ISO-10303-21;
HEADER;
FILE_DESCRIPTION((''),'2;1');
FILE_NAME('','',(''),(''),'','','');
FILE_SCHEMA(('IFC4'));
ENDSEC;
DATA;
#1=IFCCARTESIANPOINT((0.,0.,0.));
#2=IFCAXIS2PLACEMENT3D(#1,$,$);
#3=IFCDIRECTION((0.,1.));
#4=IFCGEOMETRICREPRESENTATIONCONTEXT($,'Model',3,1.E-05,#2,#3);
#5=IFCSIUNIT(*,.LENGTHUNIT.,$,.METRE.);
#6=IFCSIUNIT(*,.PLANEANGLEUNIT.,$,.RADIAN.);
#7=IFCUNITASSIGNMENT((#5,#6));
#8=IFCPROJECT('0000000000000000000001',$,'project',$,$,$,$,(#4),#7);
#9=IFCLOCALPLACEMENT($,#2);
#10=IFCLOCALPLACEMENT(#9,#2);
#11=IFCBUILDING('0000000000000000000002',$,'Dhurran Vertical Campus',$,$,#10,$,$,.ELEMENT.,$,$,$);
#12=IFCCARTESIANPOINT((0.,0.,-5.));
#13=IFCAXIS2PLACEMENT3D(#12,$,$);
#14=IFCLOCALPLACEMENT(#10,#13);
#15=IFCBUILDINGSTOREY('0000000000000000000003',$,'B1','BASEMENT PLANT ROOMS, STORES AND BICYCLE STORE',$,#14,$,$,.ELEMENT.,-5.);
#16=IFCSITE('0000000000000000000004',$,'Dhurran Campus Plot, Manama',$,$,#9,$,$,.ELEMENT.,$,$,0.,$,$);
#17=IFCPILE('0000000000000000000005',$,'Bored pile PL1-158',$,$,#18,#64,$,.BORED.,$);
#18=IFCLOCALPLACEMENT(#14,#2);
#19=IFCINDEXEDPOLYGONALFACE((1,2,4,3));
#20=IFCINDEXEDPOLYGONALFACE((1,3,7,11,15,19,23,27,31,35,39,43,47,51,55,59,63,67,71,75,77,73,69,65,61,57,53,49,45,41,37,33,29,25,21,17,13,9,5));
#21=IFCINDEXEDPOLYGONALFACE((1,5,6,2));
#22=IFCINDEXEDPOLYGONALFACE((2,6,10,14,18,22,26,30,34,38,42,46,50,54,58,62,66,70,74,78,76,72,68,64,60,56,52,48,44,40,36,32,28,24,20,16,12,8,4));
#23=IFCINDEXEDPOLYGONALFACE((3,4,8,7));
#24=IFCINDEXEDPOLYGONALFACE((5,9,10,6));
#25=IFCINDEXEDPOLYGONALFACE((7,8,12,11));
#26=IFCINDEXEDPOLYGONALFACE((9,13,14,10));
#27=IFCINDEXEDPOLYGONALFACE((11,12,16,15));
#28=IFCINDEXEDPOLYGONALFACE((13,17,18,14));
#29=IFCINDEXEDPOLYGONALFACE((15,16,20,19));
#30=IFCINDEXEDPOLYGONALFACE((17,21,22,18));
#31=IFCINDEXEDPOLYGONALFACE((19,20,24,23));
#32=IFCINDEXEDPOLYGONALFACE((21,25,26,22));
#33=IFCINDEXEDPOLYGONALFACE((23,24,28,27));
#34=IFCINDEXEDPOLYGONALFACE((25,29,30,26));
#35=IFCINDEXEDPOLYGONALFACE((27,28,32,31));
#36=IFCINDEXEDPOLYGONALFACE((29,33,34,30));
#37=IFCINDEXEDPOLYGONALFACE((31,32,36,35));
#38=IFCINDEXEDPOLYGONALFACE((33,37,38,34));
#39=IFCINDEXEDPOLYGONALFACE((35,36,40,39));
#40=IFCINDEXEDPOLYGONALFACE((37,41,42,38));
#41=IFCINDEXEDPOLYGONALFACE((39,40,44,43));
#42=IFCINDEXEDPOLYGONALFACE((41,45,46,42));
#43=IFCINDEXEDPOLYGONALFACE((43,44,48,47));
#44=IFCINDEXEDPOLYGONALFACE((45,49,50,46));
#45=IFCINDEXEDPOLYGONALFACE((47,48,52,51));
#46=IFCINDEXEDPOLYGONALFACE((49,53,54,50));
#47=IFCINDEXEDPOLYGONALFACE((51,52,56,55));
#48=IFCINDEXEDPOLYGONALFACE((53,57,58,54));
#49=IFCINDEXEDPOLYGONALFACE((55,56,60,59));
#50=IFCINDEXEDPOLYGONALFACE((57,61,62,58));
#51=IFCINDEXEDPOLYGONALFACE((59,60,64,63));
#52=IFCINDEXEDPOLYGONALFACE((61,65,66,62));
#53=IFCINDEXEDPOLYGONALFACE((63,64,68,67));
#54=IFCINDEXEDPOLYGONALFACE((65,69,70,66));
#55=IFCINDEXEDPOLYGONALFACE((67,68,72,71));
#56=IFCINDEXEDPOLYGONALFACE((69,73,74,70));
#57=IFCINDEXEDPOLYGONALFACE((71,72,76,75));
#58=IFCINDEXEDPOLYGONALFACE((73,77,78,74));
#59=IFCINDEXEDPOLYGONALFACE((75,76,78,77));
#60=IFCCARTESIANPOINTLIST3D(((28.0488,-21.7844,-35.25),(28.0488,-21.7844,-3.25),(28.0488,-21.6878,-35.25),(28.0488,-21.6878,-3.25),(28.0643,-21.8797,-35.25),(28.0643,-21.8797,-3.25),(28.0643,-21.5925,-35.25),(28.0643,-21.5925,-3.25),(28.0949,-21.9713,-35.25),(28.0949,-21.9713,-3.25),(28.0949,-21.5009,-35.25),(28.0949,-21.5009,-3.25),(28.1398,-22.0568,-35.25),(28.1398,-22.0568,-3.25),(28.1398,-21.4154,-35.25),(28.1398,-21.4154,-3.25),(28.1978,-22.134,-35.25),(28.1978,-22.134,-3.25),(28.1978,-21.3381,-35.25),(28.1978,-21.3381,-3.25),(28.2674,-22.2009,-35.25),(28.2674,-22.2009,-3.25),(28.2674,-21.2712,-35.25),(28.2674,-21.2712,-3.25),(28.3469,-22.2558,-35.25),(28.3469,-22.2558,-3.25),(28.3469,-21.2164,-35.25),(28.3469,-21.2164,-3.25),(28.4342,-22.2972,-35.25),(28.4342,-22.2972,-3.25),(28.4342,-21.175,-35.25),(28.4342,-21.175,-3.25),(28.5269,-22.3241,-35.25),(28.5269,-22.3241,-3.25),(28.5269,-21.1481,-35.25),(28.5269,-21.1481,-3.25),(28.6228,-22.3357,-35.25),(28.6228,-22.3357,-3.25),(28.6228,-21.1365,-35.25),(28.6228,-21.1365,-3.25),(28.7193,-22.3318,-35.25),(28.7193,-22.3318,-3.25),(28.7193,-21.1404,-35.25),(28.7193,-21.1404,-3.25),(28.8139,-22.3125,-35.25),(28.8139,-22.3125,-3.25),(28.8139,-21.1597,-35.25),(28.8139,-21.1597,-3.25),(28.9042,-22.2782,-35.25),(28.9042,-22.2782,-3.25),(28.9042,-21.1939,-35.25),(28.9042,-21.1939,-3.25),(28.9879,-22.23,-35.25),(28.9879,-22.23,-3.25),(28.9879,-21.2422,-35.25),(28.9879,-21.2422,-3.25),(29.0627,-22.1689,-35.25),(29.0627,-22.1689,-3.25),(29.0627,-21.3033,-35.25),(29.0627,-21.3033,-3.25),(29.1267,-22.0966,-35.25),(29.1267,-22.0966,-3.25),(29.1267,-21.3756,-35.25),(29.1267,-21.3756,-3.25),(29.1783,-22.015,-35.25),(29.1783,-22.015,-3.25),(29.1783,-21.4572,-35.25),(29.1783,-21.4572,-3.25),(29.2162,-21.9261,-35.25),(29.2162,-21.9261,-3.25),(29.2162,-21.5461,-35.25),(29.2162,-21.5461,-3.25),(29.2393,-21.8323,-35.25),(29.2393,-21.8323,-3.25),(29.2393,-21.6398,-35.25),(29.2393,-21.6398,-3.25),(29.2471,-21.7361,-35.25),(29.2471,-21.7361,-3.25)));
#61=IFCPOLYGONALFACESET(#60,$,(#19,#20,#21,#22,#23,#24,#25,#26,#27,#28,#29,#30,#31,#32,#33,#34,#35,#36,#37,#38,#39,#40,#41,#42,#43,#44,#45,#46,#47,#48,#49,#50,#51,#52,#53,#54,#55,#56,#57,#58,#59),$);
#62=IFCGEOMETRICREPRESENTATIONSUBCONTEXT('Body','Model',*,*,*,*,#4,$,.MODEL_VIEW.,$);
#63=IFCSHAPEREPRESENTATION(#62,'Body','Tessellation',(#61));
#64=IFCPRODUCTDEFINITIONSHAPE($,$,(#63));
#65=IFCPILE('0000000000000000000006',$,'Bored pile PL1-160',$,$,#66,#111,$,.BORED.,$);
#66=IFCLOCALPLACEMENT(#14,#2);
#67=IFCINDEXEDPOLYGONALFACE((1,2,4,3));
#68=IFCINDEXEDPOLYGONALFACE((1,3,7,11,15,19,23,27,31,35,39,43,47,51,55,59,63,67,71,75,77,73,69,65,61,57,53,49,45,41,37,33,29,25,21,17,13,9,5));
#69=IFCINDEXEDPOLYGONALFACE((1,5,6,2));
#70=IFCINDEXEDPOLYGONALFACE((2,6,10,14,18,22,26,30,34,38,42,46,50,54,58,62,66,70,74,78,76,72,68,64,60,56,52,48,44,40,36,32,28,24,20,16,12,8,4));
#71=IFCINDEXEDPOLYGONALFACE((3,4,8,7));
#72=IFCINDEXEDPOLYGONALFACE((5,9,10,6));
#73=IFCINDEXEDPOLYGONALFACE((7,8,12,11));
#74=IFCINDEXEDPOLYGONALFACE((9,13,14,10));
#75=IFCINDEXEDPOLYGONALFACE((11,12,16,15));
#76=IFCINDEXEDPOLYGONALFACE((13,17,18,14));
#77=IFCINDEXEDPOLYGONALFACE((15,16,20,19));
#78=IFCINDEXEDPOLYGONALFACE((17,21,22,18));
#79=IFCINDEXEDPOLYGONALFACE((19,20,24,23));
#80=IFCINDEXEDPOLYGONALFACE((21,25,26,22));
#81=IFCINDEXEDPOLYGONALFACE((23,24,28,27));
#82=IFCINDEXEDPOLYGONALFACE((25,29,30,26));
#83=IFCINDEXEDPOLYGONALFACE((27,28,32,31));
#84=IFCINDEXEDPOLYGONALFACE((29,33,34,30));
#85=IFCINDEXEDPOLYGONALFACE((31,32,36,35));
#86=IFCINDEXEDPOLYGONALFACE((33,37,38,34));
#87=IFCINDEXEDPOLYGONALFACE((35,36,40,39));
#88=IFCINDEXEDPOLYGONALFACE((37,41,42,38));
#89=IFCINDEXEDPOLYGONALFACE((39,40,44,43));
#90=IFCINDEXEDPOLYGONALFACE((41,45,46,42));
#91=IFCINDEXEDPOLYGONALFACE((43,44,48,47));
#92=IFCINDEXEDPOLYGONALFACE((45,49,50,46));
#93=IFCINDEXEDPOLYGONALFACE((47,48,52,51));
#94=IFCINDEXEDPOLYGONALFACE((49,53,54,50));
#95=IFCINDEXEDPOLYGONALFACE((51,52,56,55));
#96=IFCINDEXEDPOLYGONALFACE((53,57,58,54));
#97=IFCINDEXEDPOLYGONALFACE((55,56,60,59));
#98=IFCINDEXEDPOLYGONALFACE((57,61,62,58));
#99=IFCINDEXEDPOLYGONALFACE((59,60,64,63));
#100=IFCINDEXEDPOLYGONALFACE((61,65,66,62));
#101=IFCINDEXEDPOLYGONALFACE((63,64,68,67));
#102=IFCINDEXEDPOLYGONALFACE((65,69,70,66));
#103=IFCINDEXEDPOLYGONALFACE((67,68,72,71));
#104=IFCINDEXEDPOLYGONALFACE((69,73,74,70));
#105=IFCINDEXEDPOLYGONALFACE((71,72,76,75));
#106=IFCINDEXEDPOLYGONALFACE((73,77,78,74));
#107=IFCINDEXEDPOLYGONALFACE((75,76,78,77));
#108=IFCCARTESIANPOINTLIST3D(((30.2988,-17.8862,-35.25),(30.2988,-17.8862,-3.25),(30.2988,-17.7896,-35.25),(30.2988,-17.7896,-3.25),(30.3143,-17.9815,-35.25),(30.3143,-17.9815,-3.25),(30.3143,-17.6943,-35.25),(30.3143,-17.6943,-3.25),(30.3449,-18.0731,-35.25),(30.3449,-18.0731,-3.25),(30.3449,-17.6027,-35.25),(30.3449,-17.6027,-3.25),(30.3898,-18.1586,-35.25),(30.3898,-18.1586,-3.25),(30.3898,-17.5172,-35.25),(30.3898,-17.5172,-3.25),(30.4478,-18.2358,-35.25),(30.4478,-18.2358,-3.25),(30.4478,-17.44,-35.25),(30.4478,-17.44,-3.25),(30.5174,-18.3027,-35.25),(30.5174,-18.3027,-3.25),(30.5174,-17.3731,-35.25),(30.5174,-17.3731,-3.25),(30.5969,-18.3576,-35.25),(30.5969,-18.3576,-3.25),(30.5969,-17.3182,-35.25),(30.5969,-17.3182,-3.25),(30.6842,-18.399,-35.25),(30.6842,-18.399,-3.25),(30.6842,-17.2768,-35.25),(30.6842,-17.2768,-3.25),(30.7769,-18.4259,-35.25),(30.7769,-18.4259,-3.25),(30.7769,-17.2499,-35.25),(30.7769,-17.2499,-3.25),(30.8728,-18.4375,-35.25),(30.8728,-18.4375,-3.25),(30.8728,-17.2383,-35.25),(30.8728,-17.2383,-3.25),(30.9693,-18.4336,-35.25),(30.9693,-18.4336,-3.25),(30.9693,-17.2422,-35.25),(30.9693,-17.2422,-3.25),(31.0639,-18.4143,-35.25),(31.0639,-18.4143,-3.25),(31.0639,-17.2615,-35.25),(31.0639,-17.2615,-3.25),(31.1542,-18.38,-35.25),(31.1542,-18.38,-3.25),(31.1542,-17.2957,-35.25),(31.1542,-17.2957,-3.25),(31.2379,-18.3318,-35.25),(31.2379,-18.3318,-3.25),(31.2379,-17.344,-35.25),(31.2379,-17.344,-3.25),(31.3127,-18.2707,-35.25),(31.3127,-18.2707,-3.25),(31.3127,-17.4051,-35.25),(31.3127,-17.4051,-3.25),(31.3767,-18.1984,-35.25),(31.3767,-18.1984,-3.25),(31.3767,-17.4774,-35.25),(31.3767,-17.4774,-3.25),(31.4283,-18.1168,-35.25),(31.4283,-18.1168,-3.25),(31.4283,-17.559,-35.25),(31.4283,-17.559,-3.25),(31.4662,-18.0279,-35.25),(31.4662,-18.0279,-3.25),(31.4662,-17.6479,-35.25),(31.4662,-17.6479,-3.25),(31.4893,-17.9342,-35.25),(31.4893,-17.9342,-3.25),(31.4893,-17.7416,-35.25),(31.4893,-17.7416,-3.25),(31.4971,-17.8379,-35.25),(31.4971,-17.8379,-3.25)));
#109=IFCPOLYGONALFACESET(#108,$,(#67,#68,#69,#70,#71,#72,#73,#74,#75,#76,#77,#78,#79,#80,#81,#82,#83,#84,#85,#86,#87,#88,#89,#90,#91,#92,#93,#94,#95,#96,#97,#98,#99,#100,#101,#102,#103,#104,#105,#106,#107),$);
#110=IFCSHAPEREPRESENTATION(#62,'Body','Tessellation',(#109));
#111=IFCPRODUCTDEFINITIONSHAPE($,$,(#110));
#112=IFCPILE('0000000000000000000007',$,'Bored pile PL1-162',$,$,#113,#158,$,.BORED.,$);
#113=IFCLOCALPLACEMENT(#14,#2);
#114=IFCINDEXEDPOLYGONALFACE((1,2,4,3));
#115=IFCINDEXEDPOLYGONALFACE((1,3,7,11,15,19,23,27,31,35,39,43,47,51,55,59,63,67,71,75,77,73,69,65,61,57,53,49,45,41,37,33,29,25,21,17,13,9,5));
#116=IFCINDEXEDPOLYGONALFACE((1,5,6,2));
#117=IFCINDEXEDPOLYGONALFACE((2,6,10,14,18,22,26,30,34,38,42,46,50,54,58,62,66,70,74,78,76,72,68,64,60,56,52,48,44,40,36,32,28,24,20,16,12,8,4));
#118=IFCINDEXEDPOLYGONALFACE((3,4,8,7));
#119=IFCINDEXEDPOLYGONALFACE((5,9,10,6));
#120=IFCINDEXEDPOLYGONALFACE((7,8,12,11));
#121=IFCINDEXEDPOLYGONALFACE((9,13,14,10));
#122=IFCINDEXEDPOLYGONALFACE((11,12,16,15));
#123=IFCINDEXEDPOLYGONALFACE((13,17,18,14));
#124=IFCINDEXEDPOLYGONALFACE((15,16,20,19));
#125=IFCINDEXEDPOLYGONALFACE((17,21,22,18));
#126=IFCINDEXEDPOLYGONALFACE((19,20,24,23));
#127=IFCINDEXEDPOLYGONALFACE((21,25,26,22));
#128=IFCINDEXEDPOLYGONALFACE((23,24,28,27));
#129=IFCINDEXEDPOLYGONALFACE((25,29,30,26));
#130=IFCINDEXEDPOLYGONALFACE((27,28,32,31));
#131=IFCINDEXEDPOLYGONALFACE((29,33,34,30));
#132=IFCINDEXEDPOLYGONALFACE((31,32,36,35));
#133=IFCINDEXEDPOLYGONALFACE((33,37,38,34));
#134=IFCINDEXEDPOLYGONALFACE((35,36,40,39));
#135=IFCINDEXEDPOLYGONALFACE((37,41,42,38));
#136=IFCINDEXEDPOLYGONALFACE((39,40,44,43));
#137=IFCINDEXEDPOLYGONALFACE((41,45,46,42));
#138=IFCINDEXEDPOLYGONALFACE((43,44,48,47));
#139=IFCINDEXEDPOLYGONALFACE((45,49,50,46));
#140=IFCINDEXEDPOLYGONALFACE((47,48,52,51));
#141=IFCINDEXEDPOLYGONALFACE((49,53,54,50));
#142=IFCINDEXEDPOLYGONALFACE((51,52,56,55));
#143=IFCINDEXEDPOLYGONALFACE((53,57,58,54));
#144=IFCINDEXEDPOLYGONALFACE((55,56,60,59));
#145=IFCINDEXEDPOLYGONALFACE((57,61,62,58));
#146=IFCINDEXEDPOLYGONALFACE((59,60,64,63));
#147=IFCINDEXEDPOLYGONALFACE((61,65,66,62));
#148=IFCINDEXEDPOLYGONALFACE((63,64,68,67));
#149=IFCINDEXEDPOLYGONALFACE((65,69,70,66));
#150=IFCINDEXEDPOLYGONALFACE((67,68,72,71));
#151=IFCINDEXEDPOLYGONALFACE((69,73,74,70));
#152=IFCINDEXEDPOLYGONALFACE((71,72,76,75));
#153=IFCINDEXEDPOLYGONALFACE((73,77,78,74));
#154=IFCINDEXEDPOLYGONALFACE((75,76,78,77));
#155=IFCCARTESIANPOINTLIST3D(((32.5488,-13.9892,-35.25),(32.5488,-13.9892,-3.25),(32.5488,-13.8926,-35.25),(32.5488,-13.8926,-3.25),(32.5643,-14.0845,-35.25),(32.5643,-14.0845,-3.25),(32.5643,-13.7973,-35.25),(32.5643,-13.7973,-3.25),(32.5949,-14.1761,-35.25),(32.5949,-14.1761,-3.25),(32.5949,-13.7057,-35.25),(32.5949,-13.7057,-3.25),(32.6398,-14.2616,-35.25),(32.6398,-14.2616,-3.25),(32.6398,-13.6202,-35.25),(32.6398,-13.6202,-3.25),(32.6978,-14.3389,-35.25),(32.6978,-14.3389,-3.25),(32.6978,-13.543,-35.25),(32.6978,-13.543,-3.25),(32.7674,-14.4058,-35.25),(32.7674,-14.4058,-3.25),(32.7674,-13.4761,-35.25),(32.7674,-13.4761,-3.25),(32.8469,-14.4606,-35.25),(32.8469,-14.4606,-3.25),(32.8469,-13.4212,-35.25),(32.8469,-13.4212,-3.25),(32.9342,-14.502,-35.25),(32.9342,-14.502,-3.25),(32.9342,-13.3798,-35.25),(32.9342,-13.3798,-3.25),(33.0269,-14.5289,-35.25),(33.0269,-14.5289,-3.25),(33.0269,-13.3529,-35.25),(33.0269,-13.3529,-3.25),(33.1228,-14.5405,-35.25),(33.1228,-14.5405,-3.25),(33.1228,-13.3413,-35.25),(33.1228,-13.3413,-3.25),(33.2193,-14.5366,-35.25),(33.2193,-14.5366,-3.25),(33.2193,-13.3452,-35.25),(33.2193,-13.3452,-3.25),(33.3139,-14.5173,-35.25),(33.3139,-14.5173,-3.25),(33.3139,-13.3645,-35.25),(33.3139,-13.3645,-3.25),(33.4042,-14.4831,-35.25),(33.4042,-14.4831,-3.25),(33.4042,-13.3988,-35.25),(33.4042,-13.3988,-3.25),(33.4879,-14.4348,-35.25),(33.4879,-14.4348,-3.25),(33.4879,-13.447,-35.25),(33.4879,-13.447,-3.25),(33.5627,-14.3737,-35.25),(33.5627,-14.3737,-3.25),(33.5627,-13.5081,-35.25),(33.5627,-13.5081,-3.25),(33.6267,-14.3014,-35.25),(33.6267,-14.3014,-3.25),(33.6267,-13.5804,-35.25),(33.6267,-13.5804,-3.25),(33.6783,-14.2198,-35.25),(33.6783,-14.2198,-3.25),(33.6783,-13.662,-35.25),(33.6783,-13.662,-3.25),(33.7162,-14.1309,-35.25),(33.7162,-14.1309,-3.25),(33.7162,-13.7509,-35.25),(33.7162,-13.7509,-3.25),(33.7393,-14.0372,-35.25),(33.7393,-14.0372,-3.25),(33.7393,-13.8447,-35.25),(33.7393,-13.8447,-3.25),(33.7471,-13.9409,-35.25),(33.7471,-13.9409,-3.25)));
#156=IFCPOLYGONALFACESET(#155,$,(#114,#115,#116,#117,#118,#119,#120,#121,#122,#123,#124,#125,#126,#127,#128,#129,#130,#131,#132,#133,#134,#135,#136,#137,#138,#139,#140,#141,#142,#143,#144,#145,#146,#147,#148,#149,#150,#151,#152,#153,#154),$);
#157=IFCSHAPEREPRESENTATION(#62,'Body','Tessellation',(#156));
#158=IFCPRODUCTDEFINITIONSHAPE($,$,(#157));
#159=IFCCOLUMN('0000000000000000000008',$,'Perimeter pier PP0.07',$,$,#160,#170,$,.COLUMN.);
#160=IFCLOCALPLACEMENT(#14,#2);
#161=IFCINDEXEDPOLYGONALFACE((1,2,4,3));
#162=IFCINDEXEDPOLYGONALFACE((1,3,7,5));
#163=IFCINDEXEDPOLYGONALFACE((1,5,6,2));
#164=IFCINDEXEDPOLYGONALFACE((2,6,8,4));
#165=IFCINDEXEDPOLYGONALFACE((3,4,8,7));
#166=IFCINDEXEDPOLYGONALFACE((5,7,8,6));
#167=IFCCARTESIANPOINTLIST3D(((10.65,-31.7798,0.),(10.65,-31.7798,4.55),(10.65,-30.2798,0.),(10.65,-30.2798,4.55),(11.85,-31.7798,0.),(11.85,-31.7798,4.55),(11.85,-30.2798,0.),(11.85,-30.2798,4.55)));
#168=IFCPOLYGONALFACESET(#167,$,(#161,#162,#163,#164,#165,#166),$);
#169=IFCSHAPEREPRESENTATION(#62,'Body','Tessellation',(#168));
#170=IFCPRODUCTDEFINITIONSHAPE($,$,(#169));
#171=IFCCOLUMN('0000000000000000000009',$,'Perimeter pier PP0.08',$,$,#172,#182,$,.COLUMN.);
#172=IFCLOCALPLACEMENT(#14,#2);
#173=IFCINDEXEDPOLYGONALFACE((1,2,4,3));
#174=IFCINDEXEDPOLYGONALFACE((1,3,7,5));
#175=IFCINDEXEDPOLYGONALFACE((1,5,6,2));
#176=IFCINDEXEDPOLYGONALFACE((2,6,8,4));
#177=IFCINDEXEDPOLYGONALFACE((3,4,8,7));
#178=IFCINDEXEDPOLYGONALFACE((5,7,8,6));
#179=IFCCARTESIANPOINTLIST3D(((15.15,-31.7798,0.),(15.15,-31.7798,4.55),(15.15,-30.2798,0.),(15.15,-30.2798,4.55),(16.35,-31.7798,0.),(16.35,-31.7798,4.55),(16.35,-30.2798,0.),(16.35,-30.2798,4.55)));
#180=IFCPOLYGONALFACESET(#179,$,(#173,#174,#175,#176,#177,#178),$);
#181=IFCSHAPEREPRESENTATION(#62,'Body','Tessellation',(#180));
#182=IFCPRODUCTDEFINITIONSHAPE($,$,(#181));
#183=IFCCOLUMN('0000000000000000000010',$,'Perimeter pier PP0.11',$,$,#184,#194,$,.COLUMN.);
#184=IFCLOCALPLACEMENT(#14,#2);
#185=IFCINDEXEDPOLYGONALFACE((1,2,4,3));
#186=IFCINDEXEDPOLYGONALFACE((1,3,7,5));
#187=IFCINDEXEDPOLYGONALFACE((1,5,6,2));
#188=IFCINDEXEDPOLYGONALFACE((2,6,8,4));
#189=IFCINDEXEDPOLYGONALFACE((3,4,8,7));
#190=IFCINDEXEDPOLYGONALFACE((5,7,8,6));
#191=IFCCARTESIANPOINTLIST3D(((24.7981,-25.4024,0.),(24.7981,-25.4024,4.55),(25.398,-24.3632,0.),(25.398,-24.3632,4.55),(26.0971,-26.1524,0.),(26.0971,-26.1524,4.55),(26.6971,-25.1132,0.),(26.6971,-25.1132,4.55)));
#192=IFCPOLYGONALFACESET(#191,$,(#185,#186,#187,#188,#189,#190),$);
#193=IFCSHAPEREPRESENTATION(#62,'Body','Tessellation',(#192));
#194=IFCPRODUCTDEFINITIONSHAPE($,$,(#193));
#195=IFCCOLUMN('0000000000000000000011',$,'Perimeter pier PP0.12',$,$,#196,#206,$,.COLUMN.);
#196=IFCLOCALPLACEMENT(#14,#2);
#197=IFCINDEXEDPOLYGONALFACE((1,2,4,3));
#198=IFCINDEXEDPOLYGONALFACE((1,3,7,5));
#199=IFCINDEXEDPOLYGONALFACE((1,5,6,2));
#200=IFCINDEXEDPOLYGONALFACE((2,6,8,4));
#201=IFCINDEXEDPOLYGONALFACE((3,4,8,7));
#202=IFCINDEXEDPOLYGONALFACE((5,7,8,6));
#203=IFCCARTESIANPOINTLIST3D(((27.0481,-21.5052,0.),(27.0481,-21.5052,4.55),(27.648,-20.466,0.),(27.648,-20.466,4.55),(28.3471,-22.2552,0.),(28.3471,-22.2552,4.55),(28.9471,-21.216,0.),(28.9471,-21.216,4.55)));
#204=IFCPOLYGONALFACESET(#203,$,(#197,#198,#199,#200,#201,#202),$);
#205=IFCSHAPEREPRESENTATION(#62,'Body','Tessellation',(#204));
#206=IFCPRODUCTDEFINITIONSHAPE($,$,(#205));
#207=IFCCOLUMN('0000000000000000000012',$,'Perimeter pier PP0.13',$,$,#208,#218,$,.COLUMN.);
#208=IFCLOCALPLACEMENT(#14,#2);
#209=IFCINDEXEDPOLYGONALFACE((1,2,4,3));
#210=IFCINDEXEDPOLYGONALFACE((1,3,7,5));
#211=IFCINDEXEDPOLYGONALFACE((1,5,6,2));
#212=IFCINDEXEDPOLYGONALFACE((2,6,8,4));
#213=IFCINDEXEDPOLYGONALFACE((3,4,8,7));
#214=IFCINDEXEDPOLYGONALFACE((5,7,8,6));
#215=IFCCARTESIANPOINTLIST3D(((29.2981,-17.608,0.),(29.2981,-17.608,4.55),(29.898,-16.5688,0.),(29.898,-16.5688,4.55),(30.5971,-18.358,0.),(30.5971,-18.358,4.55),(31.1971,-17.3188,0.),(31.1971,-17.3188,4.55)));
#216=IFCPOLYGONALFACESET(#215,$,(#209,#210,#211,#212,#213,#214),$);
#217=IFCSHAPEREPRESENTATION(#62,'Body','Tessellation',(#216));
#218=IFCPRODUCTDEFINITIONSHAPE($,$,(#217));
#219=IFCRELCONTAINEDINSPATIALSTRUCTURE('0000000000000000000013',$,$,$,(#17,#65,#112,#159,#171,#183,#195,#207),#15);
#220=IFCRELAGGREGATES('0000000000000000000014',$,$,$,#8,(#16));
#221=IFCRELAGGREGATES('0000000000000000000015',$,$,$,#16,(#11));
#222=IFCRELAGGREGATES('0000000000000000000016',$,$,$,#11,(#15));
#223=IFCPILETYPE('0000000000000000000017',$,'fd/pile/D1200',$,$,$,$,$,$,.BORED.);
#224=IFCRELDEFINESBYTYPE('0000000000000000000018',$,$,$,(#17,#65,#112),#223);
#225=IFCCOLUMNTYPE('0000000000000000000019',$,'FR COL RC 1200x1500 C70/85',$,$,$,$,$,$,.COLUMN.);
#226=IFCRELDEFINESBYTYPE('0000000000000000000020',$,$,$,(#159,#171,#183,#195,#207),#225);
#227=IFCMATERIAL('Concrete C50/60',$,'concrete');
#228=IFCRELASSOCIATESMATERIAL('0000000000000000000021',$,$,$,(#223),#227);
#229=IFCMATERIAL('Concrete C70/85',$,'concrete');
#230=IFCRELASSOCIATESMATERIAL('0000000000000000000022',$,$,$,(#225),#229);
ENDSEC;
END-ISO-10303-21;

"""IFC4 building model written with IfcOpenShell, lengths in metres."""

from ifc_helpers import new_model, si_unit, direction, frame, origin, origin_2d, place, context, subcontext, project, spatial, rectangle, circle, extrude, material, material_profile, profile_set, type_object, element, save


model = new_model("IFC4")

# Units and contexts
model_context = context("Model", 3, precision=1e-05, world=origin(), true_north=direction((0.0, 1.0)))
body_context = subcontext(model_context, "Body", "Model", "MODEL_VIEW")
ifc_project = project(units=[si_unit("LENGTHUNIT", "METRE"), si_unit("PLANEANGLEUNIT", "RADIAN")], contexts=[model_context])

# Site, building, storey
site_placement = place(None, origin())
site = spatial("IfcSite", under=ifc_project, at=site_placement, Name="Dhurran Campus Plot, Manama", CompositionType="ELEMENT", RefElevation=0.0)
building_placement = place(site_placement, origin())
building = spatial("IfcBuilding", under=site, at=building_placement, Name="Dhurran Vertical Campus", CompositionType="ELEMENT")
storey_placement = place(building_placement, frame((0.0, 0.0, -5.0)))
storey = spatial("IfcBuildingStorey", under=building, at=storey_placement, Name="B1", Description="BASEMENT PLANT ROOMS, STORES AND BICYCLE STORE", CompositionType="ELEMENT", Elevation=-5.0)

# Piles
ifc_material_1 = material(Name="Concrete C50/60", Category="concrete")
ifc_material_profile_1 = material_profile(ifc_material_1, circle(Radius=0.6001, at=origin_2d()), Name="fd/pile/D1200")
ifc_profile_set_1 = profile_set([ifc_material_profile_1], Name="Concrete C50/60")
pile_type = type_object("IfcPileType", Name="fd/pile/D1200", PredefinedType="BORED", material=ifc_profile_set_1)
for number, where, z_axis, x_axis, name in (
    (1, (28.647, -21.7361, -3.25), (0.0, 0.0, -1.0), (1.0, 0.0, 0.0), "Bored pile PL1-158"),
    (2, (30.897, -17.8379, -3.25), (0.0, 0.0, -1.0), (1.0, 0.0, 0.0), "Bored pile PL1-160"),
    (3, (33.147, -13.9409, -3.25), (0.0, 0.0, -1.0), (1.0, 0.0, 0.0), "Bored pile PL1-162"),
):
    element("IfcPile", number, at=place(storey_placement, frame(where, z_axis=z_axis, x_axis=x_axis)), inside=storey, type_object=pile_type, Name=name, PredefinedType="BORED", context=body_context, shape_type="SweptSolid", body=[
        extrude(circle(Radius=0.6001, at=origin_2d()), origin(), (0.0, 0.0, 1.0), 32.0),
    ])

# Columns
ifc_material_2 = material(Name="Concrete C70/85", Category="concrete")
ifc_material_profile_2 = material_profile(ifc_material_2, rectangle(XDim=1.2, YDim=1.5, at=origin_2d()), Name="RC 1200x1500")
ifc_profile_set_2 = profile_set([ifc_material_profile_2], Name="Concrete C70/85")
column_type_1 = type_object("IfcColumnType", Name="FR COL RC 1200x1500 C70/85", PredefinedType="COLUMN", material=ifc_profile_set_2)
for number, where, z_axis, x_axis, name in (
    (4, (11.25, -31.0298, 0.0), (0.0, 0.0, 1.0), (1.0, 0.0, 0.0), "Perimeter pier PP0.07"),
    (5, (15.75, -31.0298, 0.0), (0.0, 0.0, 1.0), (1.0, 0.0, 0.0), "Perimeter pier PP0.08"),
    (6, (25.7476, -25.2578, 0.0), (0.0, 0.0, 1.0), (0.5, 0.866025, 0.0), "Perimeter pier PP0.11"),
    (7, (27.9976, -21.3606, 0.0), (0.0, 0.0, 1.0), (0.5, 0.866025, 0.0), "Perimeter pier PP0.12"),
    (8, (30.2476, -17.4634, 0.0), (0.0, 0.0, 1.0), (0.5, 0.866025, 0.0), "Perimeter pier PP0.13"),
):
    element("IfcColumn", number, at=place(storey_placement, frame(where, z_axis=z_axis, x_axis=x_axis)), inside=storey, type_object=column_type_1, Name=name, PredefinedType="COLUMN", context=body_context, shape_type="SweptSolid", body=[
        extrude(rectangle(XDim=1.2, YDim=1.5, at=origin_2d()), origin(), (0.0, 0.0, 1.0), 4.55),
    ])

save(model, "model.ifc")
